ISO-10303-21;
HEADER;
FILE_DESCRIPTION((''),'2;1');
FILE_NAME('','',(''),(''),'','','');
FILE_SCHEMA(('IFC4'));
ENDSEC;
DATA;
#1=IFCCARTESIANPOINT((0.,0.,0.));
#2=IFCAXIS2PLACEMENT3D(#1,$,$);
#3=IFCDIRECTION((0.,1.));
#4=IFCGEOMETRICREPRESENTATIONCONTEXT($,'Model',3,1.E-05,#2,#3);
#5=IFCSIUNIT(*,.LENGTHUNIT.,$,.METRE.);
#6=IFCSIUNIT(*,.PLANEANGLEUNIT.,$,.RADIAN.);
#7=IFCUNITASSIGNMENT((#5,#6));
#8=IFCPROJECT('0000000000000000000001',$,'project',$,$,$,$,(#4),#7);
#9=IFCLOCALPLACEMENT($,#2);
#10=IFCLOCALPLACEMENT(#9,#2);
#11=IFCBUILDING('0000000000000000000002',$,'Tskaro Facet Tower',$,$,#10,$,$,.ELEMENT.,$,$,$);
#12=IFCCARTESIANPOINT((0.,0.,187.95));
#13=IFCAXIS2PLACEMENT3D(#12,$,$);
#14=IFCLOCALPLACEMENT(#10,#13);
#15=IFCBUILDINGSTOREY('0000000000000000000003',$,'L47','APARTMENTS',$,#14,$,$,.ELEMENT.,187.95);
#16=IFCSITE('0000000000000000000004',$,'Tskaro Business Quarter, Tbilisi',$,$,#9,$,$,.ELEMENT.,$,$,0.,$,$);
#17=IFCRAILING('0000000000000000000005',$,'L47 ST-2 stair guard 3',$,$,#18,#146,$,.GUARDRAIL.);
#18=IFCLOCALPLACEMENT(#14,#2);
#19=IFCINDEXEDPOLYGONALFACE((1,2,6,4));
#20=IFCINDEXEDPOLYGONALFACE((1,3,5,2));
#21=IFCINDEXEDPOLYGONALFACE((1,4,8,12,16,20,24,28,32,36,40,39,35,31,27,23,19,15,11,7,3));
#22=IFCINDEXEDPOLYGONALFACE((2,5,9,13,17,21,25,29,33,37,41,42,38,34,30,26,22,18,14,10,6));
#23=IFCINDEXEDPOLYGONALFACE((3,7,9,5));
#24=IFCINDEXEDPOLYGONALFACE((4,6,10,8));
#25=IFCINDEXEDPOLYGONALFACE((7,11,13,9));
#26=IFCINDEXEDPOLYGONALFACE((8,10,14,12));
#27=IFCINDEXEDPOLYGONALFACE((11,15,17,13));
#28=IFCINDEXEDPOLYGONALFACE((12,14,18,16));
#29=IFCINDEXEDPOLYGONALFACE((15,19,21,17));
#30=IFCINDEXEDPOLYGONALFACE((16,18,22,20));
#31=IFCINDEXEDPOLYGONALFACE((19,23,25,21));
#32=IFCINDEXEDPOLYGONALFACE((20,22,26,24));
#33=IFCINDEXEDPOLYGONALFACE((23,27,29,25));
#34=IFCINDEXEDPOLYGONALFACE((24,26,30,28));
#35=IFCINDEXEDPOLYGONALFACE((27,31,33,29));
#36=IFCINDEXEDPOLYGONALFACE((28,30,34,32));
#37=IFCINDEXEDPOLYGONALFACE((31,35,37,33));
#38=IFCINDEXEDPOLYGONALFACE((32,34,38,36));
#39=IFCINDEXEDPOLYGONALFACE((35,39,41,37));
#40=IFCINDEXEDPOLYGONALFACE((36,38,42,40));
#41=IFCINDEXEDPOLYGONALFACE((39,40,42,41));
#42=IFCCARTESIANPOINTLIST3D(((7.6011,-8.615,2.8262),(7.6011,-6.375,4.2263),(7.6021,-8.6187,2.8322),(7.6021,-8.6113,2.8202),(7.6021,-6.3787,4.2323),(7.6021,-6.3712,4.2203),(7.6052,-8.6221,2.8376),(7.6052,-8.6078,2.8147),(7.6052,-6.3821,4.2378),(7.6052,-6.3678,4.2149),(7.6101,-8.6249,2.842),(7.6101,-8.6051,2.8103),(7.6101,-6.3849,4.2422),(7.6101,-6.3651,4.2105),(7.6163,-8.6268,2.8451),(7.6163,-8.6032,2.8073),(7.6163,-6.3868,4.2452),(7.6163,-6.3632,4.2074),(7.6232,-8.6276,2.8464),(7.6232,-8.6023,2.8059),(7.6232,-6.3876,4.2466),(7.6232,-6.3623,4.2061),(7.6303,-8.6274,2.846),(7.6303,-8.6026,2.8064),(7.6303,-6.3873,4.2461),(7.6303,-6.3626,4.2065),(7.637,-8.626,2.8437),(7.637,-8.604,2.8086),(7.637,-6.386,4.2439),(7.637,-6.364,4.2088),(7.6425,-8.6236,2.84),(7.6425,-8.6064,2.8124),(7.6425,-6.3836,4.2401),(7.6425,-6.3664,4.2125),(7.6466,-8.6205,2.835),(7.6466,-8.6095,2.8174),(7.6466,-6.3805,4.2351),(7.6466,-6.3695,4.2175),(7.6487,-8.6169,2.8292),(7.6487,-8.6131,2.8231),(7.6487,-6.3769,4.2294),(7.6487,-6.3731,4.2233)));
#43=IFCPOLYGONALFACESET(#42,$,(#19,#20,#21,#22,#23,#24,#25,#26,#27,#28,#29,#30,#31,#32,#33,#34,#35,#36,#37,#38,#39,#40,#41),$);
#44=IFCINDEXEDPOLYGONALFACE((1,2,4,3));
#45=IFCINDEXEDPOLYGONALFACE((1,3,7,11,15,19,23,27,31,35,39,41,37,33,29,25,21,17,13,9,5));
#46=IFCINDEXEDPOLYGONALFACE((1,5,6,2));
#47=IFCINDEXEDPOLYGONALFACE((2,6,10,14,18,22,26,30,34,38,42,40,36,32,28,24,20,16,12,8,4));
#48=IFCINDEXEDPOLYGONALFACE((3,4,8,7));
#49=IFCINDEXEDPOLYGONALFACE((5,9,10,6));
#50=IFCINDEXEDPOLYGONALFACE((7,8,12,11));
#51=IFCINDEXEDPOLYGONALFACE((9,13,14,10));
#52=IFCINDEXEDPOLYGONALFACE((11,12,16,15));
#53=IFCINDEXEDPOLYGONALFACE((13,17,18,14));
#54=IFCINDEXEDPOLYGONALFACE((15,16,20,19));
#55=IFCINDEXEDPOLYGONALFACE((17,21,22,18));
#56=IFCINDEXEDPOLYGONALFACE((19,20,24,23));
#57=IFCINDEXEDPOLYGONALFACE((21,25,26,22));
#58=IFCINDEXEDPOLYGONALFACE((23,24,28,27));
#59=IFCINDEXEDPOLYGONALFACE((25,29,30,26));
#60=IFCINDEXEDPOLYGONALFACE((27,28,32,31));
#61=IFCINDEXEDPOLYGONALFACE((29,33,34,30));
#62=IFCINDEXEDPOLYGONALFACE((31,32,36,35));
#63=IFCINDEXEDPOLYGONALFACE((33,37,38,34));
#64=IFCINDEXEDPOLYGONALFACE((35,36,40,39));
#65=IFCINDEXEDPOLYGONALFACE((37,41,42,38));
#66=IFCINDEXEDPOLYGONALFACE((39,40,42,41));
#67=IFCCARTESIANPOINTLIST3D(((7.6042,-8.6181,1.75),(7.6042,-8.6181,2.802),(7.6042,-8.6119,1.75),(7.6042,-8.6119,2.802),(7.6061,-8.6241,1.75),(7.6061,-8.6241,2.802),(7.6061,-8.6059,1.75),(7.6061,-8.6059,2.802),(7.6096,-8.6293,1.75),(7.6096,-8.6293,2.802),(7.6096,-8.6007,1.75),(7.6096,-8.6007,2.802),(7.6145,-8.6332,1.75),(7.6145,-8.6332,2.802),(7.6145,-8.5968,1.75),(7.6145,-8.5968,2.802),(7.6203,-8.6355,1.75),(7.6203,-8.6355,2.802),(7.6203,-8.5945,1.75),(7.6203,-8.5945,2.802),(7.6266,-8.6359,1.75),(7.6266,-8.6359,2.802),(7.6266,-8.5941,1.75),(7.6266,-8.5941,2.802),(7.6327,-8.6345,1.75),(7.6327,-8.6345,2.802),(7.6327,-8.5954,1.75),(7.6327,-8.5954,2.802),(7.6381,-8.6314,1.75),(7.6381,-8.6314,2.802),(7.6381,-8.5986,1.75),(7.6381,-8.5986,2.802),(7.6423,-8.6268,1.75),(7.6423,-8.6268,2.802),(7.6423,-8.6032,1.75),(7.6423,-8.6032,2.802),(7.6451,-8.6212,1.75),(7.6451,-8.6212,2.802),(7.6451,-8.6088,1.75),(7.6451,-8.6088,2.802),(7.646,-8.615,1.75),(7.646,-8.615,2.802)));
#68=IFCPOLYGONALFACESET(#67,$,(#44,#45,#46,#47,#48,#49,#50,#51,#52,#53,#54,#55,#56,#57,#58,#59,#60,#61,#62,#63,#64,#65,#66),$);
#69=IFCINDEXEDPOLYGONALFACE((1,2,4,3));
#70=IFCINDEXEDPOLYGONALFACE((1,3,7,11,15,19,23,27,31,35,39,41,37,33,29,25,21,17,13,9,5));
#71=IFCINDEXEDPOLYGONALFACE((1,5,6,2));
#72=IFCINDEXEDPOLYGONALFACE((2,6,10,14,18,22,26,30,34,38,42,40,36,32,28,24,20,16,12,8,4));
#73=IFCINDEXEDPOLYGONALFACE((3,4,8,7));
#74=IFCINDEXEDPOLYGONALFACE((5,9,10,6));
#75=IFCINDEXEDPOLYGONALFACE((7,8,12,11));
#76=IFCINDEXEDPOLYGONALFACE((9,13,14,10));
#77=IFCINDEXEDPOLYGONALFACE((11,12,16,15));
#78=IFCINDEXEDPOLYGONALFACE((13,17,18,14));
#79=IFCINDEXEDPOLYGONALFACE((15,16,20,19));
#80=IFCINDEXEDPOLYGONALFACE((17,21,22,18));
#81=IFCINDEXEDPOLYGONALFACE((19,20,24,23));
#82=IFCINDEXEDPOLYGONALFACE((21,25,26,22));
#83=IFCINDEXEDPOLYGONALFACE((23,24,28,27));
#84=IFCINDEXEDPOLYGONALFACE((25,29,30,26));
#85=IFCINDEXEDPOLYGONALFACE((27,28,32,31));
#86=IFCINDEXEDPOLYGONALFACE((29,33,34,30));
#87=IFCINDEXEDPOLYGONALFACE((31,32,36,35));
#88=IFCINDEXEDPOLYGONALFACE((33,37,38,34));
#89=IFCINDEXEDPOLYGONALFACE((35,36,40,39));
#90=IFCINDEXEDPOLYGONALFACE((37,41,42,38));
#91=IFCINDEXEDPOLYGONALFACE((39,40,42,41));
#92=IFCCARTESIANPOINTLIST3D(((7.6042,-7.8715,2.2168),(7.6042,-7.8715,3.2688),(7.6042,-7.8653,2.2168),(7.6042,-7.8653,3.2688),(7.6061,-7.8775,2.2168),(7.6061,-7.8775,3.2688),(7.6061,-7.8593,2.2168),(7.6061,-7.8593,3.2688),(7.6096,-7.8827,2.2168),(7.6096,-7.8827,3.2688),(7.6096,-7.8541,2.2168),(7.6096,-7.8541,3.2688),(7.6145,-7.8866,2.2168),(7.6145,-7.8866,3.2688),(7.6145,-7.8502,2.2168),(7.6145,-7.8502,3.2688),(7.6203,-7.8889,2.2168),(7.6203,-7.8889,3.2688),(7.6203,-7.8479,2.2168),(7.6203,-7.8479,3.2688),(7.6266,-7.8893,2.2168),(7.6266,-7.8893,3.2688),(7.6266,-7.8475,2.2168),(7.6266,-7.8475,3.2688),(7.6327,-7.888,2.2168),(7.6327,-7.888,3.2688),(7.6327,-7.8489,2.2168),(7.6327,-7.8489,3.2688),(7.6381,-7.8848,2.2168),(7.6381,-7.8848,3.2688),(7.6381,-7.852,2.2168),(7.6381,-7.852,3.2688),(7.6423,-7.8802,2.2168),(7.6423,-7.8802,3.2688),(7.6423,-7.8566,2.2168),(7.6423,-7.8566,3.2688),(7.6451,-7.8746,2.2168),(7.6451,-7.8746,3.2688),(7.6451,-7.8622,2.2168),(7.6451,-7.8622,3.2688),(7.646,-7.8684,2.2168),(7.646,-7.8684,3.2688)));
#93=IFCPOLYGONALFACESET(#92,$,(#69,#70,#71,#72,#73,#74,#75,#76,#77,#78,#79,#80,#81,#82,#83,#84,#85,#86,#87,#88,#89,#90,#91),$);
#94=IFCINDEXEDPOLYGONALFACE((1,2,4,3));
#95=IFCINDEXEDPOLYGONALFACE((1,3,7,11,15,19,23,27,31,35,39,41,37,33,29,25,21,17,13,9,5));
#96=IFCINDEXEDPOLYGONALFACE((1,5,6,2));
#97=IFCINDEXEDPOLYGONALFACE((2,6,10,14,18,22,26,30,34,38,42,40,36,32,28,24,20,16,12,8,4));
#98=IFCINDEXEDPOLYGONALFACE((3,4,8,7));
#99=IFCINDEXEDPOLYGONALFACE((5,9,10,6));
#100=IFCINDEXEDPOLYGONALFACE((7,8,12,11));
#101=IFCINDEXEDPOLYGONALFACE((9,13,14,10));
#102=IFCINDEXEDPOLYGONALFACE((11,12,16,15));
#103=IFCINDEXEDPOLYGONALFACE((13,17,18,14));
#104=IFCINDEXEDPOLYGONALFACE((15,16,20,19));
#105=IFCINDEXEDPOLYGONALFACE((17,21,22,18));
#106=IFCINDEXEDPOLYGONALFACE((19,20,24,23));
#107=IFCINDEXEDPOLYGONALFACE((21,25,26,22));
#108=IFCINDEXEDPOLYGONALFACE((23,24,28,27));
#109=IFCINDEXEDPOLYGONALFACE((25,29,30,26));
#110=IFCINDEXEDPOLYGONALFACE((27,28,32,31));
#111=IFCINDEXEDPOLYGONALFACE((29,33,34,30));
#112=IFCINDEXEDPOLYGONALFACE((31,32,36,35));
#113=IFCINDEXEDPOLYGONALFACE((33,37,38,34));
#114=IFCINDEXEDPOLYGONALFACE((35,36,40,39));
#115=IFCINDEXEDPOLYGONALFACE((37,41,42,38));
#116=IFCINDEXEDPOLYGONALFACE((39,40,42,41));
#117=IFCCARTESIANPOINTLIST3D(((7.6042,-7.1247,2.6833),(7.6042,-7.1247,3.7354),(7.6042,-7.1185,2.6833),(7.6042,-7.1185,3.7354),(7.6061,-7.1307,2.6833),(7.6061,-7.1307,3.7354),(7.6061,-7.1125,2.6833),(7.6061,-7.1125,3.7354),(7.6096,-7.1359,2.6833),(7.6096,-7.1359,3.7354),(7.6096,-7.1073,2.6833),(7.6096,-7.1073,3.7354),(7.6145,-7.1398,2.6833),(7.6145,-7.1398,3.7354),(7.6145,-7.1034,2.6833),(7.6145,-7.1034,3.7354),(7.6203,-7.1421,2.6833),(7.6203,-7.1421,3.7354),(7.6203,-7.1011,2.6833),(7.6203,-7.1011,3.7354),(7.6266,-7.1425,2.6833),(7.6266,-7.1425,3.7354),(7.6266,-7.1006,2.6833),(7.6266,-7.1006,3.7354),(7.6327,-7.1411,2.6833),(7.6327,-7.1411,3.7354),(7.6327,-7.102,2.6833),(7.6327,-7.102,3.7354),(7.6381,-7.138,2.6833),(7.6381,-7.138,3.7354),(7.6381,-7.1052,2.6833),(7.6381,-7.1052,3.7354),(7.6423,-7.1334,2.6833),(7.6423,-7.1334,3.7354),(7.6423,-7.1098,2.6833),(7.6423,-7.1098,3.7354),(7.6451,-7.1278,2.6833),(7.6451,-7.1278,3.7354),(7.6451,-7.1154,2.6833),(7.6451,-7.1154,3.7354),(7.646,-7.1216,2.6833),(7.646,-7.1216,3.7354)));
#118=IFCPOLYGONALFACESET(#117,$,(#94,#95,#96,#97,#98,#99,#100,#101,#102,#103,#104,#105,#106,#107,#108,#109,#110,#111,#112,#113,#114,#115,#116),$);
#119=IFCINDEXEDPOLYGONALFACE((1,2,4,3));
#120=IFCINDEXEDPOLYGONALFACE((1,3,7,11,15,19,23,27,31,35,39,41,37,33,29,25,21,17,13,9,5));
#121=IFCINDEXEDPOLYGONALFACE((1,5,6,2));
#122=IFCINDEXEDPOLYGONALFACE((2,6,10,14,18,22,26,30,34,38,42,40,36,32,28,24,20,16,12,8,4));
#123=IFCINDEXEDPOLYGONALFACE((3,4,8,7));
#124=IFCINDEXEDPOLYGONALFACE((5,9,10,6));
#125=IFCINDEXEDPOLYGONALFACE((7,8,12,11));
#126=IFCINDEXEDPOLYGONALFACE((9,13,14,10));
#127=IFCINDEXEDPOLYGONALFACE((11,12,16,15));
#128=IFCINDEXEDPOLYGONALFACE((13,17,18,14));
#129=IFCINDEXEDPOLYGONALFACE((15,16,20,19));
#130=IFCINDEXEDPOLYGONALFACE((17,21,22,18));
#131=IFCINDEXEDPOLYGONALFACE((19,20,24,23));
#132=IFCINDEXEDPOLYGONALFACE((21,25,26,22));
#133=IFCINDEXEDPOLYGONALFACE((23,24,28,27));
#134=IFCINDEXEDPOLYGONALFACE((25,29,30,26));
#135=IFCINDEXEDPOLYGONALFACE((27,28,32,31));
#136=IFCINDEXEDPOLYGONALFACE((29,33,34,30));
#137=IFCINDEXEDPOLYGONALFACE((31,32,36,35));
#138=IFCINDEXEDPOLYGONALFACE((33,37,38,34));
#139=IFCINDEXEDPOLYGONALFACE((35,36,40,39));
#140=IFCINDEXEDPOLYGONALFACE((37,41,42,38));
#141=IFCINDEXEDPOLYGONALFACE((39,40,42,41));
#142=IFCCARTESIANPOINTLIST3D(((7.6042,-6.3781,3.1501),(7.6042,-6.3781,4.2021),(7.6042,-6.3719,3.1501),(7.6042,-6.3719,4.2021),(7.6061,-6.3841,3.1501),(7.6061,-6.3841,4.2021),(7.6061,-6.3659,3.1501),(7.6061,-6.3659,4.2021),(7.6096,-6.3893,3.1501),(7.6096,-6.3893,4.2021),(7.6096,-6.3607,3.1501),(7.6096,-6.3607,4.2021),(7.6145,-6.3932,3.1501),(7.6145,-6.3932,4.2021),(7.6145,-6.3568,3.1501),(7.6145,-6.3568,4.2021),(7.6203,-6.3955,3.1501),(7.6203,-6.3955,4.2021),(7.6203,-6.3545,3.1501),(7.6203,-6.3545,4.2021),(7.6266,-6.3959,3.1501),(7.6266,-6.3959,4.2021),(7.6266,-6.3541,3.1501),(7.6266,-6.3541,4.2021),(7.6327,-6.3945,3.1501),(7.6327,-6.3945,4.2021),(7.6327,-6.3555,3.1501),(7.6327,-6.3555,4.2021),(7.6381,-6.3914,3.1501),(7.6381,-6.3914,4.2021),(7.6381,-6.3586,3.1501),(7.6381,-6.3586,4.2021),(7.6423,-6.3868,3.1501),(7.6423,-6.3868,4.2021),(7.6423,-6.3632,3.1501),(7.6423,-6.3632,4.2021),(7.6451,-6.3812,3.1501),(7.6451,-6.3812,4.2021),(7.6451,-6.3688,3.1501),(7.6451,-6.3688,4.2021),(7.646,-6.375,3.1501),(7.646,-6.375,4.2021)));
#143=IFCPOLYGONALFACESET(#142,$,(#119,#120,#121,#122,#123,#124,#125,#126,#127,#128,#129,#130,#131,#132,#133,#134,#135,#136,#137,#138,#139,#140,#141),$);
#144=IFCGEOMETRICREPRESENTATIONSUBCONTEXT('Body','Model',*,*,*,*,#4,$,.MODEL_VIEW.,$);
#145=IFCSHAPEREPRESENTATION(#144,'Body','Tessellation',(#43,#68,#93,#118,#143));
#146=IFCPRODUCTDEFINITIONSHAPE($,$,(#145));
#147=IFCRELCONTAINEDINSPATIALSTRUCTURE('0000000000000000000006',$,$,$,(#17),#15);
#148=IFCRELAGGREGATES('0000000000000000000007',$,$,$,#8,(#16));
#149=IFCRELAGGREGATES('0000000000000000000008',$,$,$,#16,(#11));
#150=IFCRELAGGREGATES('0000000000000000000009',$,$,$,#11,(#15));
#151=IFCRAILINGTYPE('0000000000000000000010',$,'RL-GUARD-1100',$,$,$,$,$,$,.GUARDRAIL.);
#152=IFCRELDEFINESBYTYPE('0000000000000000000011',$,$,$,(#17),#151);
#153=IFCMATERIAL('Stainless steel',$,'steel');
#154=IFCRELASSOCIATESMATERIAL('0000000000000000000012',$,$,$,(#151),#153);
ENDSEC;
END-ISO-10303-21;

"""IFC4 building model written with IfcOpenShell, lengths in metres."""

from ifc_helpers import new_model, si_unit, direction, frame, origin, origin_2d, place, context, subcontext, project, spatial, circle, extrude, material, type_object, element, save


model = new_model("IFC4")

# Units and contexts
model_context = context("Model", 3, precision=1e-05, world=origin(), true_north=direction((0.0, 1.0)))
body_context = subcontext(model_context, "Body", "Model", "MODEL_VIEW")
ifc_project = project(units=[si_unit("LENGTHUNIT", "METRE"), si_unit("PLANEANGLEUNIT", "RADIAN")], contexts=[model_context])

# Site, building, storey
site_placement = place(None, origin())
site = spatial("IfcSite", under=ifc_project, at=site_placement, Name="Tskaro Business Quarter, Tbilisi", CompositionType="ELEMENT", RefElevation=0.0)
building_placement = place(site_placement, origin())
building = spatial("IfcBuilding", under=site, at=building_placement, Name="Tskaro Facet Tower", CompositionType="ELEMENT")
storey_placement = place(building_placement, frame((0.0, 0.0, 187.95)))
storey = spatial("IfcBuildingStorey", under=building, at=storey_placement, Name="L47", Description="APARTMENTS", CompositionType="ELEMENT", Elevation=187.95)

# Railing
ifc_material_1 = material(Name="Stainless steel", Category="steel")
railing_type = type_object("IfcRailingType", Name="RL-GUARD-1100", PredefinedType="GUARDRAIL", material=ifc_material_1)
railing_1_placement = place(storey_placement, frame((7.625, -8.615, 1.75)))
element("IfcRailing", 1, at=railing_1_placement, inside=storey, type_object=railing_type, Name="L47 ST-2 stair guard 3", PredefinedType="GUARDRAIL", context=body_context, shape_type="SweptSolid", body=[
    extrude(circle(Radius=0.0239, at=origin_2d()), frame((0.0, 0.0, 1.0762), z_axis=(0.0, 0.847972, 0.53004), x_axis=(-1.0, 0.0, 0.0)), (0.0, 0.0, 1.0), 2.6416),
    extrude(circle(Radius=0.021, at=origin_2d()), origin(), (0.0, 0.0, 1.0), 1.052),
    extrude(circle(Radius=0.021, at=origin_2d()), frame((0.0, 0.7466, 0.4668)), (0.0, 0.0, 1.0), 1.052),
    extrude(circle(Radius=0.021, at=origin_2d()), frame((0.0, 1.4934, 0.9333)), (0.0, 0.0, 1.0), 1.052),
    extrude(circle(Radius=0.021, at=origin_2d()), frame((0.0, 2.24, 1.4001)), (0.0, 0.0, 1.0), 1.052),
])

save(model, "model.ifc")
